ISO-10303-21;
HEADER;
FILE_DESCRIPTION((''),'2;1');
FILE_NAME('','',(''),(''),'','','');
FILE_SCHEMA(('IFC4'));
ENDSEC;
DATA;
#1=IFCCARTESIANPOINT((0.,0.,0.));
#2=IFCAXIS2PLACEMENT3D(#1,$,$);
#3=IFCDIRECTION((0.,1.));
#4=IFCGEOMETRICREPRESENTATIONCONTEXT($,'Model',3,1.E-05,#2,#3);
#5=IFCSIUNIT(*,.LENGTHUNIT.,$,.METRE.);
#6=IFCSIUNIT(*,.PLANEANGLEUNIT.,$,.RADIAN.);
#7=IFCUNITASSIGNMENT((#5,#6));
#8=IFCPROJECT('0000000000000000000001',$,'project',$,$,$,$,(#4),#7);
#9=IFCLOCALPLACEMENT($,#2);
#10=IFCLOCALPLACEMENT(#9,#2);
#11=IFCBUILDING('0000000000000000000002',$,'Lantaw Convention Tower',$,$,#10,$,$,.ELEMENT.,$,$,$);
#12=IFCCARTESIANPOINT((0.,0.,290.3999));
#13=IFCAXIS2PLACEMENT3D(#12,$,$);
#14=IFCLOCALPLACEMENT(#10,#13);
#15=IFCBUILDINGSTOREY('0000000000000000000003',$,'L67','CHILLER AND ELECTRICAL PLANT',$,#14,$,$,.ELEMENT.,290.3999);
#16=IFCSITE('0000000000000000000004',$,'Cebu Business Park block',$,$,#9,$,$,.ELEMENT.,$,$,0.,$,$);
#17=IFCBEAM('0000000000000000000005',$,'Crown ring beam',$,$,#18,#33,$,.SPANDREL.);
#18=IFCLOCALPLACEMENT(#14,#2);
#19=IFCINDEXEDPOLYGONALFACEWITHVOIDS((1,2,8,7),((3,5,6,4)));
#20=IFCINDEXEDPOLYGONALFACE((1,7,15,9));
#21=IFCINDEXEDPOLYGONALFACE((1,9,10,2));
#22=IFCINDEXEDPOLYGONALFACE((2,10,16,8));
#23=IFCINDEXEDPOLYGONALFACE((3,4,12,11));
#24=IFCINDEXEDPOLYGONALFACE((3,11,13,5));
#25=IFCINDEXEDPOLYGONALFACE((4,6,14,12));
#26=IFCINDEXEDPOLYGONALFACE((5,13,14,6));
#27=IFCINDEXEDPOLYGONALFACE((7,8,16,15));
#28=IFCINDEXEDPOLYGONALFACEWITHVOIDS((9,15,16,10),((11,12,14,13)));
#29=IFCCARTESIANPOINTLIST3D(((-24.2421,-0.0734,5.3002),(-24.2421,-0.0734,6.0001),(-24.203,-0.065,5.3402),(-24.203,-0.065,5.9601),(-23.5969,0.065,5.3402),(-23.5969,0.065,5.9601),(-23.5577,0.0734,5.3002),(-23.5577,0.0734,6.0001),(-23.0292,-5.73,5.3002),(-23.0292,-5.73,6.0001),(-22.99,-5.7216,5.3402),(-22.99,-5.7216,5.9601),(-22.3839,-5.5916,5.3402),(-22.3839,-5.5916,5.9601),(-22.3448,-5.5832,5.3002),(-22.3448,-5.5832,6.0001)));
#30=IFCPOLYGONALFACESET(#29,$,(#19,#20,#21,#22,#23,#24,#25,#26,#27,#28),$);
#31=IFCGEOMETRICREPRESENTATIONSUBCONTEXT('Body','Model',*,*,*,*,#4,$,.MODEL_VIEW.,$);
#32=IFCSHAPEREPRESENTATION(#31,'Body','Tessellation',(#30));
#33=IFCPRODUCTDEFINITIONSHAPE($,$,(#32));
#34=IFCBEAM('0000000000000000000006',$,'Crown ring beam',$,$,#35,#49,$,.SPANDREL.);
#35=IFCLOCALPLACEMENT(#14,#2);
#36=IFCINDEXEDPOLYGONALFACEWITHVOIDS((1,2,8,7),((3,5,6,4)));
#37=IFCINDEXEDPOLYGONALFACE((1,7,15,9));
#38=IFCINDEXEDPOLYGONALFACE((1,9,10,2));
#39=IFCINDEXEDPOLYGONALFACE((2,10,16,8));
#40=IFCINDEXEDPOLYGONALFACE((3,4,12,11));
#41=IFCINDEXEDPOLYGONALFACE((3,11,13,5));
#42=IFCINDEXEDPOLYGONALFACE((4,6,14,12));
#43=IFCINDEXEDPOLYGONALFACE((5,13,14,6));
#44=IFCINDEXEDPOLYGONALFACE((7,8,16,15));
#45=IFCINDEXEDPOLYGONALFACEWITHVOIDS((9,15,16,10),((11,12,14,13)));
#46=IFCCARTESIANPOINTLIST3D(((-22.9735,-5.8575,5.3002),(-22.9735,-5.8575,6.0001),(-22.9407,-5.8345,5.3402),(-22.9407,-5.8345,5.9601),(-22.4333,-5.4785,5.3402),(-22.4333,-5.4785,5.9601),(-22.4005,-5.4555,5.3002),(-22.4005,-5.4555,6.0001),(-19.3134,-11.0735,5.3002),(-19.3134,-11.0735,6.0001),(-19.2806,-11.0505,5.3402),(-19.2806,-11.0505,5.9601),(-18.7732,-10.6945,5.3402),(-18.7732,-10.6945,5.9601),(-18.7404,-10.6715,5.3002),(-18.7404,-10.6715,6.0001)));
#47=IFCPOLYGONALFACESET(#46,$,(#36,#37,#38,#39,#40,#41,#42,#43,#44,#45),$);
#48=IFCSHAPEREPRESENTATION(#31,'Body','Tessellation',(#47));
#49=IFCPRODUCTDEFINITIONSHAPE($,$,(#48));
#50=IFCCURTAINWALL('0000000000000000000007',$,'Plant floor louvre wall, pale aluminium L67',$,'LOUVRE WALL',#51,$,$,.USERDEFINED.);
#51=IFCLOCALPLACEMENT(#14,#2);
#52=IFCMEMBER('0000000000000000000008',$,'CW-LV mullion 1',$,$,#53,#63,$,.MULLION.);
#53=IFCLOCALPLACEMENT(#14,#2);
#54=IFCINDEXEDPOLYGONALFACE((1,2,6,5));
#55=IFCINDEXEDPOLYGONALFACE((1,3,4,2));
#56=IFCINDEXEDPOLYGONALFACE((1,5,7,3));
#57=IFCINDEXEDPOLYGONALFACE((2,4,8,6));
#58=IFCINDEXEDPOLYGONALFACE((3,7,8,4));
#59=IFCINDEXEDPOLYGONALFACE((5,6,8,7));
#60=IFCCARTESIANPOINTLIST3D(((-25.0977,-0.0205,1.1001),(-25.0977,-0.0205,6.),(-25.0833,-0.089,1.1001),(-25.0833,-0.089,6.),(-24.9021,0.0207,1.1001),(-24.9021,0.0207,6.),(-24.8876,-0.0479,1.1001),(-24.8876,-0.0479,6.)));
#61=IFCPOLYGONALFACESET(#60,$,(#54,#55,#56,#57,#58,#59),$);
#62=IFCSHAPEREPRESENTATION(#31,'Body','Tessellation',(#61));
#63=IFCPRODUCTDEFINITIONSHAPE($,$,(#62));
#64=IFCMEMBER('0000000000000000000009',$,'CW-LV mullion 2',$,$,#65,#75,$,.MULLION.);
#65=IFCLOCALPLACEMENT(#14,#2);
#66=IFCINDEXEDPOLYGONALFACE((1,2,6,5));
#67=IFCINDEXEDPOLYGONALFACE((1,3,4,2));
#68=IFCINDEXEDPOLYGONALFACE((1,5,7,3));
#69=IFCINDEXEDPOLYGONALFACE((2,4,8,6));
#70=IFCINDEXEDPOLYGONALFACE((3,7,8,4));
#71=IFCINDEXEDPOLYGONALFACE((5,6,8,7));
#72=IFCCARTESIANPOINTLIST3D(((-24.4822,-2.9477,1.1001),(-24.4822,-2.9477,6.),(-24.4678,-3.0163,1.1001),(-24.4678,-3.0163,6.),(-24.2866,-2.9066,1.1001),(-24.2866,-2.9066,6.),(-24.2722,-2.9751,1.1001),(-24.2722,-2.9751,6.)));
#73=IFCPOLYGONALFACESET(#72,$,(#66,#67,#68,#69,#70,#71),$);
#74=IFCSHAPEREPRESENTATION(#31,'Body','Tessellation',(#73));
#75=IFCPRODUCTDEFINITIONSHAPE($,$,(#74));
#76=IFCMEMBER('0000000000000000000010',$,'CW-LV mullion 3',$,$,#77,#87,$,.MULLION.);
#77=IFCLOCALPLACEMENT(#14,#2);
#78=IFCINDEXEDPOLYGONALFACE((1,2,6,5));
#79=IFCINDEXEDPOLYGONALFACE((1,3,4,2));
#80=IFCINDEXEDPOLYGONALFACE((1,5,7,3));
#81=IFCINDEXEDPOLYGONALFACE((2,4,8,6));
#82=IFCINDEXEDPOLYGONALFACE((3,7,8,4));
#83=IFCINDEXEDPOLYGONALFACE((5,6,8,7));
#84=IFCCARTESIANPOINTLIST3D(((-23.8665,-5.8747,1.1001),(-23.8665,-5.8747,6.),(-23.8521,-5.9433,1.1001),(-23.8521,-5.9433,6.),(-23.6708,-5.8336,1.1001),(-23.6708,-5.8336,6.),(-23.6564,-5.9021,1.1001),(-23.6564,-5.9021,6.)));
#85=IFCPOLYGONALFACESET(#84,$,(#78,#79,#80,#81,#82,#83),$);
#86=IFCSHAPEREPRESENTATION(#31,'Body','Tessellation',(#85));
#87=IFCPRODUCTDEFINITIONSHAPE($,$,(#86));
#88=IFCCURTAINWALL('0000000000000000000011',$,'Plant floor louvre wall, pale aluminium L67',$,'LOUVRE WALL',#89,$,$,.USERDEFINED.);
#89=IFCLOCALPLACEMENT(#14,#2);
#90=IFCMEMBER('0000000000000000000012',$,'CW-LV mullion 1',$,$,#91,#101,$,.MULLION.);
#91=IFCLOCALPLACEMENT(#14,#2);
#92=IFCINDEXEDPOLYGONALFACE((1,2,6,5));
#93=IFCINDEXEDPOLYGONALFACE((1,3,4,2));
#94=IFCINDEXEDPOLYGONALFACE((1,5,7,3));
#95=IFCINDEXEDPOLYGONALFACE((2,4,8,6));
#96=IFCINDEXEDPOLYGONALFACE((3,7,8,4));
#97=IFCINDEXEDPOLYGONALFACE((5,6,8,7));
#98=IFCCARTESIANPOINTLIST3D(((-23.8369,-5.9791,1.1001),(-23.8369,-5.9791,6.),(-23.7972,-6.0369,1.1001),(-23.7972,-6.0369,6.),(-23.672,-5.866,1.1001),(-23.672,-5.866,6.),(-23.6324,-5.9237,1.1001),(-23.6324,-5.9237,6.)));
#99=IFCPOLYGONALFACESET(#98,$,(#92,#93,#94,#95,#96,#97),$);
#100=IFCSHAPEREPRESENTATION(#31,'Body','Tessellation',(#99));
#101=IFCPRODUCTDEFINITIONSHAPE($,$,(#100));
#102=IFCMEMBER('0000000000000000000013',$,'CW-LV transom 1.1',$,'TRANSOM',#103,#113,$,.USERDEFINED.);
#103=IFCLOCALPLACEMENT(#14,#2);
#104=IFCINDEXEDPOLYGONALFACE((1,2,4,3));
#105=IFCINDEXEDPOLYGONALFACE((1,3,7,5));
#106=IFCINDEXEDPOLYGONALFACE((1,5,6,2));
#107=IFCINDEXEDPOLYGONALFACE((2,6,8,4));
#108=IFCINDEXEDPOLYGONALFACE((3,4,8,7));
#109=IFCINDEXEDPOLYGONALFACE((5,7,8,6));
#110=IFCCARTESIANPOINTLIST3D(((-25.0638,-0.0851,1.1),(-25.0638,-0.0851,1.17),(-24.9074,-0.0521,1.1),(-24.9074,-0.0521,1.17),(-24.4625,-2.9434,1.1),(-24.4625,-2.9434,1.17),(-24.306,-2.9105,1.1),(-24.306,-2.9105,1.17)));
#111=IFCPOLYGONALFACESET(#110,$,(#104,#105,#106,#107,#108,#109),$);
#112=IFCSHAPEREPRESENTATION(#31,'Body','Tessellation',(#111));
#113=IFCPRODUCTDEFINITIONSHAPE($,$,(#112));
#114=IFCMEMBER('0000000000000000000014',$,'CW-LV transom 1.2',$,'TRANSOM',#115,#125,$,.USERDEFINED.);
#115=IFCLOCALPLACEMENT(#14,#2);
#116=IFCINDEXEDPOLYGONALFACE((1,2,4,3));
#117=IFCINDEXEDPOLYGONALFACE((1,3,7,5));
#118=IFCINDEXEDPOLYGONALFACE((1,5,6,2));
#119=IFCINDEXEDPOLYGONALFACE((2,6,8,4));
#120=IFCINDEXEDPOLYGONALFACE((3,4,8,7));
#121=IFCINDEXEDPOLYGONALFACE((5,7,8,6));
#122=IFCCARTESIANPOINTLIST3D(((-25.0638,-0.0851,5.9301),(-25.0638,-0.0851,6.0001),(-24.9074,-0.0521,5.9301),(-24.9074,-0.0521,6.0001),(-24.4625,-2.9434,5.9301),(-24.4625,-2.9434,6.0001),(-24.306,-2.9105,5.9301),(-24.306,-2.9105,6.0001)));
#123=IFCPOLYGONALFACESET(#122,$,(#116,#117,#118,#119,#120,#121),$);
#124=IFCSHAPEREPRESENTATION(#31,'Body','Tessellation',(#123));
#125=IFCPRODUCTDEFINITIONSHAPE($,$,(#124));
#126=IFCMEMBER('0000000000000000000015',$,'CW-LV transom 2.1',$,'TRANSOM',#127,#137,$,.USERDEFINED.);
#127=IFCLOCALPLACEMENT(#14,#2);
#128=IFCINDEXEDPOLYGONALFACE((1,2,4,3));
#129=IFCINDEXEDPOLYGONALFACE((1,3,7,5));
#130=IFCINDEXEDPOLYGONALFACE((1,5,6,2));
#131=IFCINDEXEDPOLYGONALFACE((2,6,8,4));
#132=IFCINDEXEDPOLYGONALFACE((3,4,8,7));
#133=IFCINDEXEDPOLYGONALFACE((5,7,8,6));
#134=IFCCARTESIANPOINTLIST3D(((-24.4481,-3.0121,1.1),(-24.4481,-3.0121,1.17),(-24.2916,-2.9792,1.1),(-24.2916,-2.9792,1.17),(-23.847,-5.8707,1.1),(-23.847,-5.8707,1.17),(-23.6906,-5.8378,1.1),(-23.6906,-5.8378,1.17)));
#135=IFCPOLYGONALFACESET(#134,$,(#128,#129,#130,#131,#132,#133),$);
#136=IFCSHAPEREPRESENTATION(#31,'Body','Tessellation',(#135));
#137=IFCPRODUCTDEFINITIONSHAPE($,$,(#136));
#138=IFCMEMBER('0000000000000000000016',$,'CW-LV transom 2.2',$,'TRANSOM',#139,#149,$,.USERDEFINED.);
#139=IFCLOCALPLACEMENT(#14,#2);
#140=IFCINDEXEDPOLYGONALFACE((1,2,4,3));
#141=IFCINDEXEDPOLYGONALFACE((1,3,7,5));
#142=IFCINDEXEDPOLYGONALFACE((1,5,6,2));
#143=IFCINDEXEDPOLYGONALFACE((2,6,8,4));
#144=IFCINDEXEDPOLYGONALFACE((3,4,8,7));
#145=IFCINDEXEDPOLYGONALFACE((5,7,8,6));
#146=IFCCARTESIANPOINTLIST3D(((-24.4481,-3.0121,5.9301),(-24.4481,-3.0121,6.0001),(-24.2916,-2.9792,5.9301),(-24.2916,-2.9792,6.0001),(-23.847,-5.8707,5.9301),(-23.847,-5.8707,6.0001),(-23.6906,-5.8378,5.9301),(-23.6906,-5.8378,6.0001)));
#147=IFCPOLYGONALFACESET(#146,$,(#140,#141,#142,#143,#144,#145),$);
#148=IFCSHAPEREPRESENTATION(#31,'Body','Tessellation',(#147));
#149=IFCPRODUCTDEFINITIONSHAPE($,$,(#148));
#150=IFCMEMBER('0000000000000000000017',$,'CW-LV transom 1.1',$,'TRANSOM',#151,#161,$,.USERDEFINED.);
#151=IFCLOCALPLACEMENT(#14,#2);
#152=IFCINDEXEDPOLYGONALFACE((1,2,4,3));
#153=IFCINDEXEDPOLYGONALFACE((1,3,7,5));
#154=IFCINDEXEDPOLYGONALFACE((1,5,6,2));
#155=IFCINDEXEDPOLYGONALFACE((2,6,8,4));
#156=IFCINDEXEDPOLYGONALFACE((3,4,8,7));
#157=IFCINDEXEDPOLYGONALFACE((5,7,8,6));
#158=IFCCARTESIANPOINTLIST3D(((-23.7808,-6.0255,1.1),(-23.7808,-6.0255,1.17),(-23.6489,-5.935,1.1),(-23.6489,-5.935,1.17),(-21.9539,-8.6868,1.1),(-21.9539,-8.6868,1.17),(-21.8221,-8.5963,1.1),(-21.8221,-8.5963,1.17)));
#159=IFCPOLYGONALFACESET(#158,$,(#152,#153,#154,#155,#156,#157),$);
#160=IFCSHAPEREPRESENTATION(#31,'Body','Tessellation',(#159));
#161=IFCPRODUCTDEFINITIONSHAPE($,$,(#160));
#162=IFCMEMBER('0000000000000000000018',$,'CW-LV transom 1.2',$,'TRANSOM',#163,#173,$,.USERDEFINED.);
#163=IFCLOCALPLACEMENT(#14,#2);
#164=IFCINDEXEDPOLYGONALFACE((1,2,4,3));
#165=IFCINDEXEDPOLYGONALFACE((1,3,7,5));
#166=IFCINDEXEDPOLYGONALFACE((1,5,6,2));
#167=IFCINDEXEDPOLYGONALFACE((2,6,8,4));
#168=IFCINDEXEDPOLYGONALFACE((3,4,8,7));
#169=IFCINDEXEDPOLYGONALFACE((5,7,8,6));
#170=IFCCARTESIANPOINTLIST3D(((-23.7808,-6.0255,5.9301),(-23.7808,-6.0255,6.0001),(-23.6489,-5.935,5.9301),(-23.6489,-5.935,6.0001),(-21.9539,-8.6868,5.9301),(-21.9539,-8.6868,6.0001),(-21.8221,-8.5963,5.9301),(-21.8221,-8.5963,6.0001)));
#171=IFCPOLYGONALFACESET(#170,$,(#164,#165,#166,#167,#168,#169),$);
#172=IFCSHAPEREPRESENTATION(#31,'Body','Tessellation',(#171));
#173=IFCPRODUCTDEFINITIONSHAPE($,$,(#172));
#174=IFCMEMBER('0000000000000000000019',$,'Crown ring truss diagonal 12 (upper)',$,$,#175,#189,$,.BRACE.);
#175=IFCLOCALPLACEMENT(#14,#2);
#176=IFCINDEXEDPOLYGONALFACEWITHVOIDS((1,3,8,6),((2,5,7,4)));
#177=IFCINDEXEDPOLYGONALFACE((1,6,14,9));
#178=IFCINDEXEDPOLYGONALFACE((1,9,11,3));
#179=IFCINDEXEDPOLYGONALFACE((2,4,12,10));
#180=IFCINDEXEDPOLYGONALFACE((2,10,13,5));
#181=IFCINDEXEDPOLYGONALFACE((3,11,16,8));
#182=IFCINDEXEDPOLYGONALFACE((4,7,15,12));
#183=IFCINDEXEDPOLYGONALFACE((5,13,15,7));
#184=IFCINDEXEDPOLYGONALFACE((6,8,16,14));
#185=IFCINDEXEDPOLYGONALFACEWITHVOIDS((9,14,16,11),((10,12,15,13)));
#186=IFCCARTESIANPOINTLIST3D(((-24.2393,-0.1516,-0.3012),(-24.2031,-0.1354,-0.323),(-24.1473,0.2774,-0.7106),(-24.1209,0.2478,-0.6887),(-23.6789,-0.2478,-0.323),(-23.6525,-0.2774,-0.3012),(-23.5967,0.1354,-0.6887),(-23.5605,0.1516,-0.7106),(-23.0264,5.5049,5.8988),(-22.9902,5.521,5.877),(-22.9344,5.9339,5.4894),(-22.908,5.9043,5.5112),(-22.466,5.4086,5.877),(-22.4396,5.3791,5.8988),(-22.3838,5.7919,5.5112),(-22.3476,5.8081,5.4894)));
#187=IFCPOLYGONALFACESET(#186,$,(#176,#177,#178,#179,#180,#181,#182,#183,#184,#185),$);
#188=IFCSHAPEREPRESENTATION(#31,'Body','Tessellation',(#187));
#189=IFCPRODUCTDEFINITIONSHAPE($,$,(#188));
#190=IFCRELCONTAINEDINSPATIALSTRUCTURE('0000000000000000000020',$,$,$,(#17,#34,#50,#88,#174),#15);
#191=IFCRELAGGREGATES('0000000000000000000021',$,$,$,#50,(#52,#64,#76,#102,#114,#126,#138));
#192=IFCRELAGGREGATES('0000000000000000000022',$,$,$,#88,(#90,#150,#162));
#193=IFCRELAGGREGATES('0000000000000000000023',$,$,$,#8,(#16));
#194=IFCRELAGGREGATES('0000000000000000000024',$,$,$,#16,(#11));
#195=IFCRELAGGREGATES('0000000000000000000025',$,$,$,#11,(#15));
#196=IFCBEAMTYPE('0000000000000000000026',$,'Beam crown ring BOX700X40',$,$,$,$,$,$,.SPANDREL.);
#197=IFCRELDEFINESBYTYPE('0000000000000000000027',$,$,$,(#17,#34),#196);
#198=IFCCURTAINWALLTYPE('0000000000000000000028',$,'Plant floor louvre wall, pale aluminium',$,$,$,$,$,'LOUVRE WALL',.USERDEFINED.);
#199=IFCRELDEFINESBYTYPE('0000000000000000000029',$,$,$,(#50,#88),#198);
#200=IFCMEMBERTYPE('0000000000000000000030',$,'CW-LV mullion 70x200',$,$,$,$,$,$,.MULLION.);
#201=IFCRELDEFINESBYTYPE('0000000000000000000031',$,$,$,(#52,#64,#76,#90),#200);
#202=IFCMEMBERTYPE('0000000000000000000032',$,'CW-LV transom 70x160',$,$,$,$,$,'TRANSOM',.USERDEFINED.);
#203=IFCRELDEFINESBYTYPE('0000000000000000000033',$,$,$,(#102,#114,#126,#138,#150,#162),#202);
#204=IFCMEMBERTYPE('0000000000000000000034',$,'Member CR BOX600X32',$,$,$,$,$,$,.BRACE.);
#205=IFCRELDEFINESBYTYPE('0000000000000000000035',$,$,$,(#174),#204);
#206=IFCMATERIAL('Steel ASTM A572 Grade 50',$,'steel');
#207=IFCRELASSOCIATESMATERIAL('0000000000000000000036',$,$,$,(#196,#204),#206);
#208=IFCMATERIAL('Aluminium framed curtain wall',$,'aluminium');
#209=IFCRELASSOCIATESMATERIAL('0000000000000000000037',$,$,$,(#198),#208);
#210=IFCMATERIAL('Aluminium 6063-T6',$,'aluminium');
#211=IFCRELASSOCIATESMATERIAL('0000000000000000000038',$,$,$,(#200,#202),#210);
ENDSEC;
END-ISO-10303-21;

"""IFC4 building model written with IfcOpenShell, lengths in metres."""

from ifc_helpers import new_model, si_unit, direction, frame, origin, origin_2d, place, context, subcontext, project, spatial, rectangle, hollow_rectangle, extrude, material, material_profile, profile_set, type_object, element, aggregate, save


model = new_model("IFC4")

# Units and contexts
model_context = context("Model", 3, precision=1e-05, world=origin(), true_north=direction((0.0, 1.0)))
body_context = subcontext(model_context, "Body", "Model", "MODEL_VIEW")
ifc_project = project(units=[si_unit("LENGTHUNIT", "METRE"), si_unit("PLANEANGLEUNIT", "RADIAN")], contexts=[model_context])

# Site, building, storey
site_placement = place(None, origin())
site = spatial("IfcSite", under=ifc_project, at=site_placement, Name="Cebu Business Park block", CompositionType="ELEMENT", RefElevation=0.0)
building_placement = place(site_placement, origin())
building = spatial("IfcBuilding", under=site, at=building_placement, Name="Lantaw Convention Tower", CompositionType="ELEMENT")
storey_placement = place(building_placement, frame((0.0, 0.0, 290.3999)))
storey = spatial("IfcBuildingStorey", under=building, at=storey_placement, Name="L67", Description="CHILLER AND ELECTRICAL PLANT", CompositionType="ELEMENT", Elevation=290.3999)

# Shared definitions
ifc_material_1 = material(Name="Steel ASTM A572 Grade 50", Category="steel")

# Beams
ifc_material_profile_1 = material_profile(ifc_material_1, hollow_rectangle(XDim=0.7, YDim=0.7, WallThickness=0.04, at=origin_2d()), Name="BOX700X40")
ifc_profile_set_1 = profile_set([ifc_material_profile_1], Name="Steel ASTM A572 Grade 50")
beam_type_1 = type_object("IfcBeamType", Name="Beam crown ring BOX700X40", PredefinedType="SPANDREL", material=ifc_profile_set_1)
beam_1_placement = place(storey_placement, frame((-23.8999, 0.0, 5.6501), z_axis=(0.209659, -0.977775, 0.0), x_axis=(0.977775, 0.209659, 0.0)))
element("IfcBeam", 1, at=beam_1_placement, inside=storey, type_object=beam_type_1, Name="Crown ring beam", PredefinedType="SPANDREL", context=body_context, shape_type="SweptSolid", body=[
    extrude(hollow_rectangle(XDim=0.7, YDim=0.7, WallThickness=0.04, at=origin_2d()), origin(), (0.0, 0.0, 1.0), 5.7852),
])
beam_2_placement = place(storey_placement, frame((-22.687, -5.6565, 5.6501), z_axis=(0.574401, -0.818574, 0.0), x_axis=(0.818574, 0.574401, 0.0)))
element("IfcBeam", 2, at=beam_2_placement, inside=storey, type_object=beam_type_1, Name="Crown ring beam", PredefinedType="SPANDREL", context=body_context, shape_type="SweptSolid", body=[
    extrude(hollow_rectangle(XDim=0.7, YDim=0.7, WallThickness=0.04, at=origin_2d()), origin(), (0.0, 0.0, 1.0), 6.3721),
])

# Curtain wall, members
ifc_material_2 = material(Name="Aluminium framed curtain wall", Category="aluminium")
curtain_wall_type = type_object("IfcCurtainWallType", Name="Plant floor louvre wall, pale aluminium", ElementType="LOUVRE WALL", PredefinedType="USERDEFINED", material=ifc_material_2)
curtain_wall_1_placement = place(storey_placement, origin())
curtain_wall_1 = element("IfcCurtainWall", 3, at=curtain_wall_1_placement, inside=storey, type_object=curtain_wall_type, Name="Plant floor louvre wall, pale aluminium L67", ObjectType="LOUVRE WALL", PredefinedType="USERDEFINED")
ifc_material_3 = material(Name="Aluminium 6063-T6", Category="aluminium")
ifc_material_profile_2 = material_profile(ifc_material_3, rectangle(XDim=0.2, YDim=0.0701, at=origin_2d()), Name="CW-LV mullion 70x200")
ifc_profile_set_2 = profile_set([ifc_material_profile_2], Name="Aluminium 6063-T6")
member_type_1 = type_object("IfcMemberType", Name="CW-LV mullion 70x200", PredefinedType="MULLION", material=ifc_profile_set_2)
member_1_placement = place(storey_placement, frame((-24.9927, -0.0342, 1.1001), z_axis=(0.0, 0.0, 1.0), x_axis=(0.978591, 0.205814, 0.0)))
member_1 = element("IfcMember", 4, at=member_1_placement, type_object=member_type_1, Name="CW-LV mullion 1", PredefinedType="MULLION", context=body_context, shape_type="SweptSolid", body=[
    extrude(rectangle(XDim=0.2, YDim=0.0701, at=origin_2d()), origin(), (0.0, 0.0, 1.0), 4.8999),
])
member_2_placement = place(storey_placement, frame((-24.3772, -2.9614, 1.1001), z_axis=(0.0, 0.0, 1.0), x_axis=(0.978591, 0.205814, 0.0)))
member_2 = element("IfcMember", 5, at=member_2_placement, type_object=member_type_1, Name="CW-LV mullion 2", PredefinedType="MULLION", context=body_context, shape_type="SweptSolid", body=[
    extrude(rectangle(XDim=0.2, YDim=0.0701, at=origin_2d()), origin(), (0.0, 0.0, 1.0), 4.8999),
])
member_3_placement = place(storey_placement, frame((-23.7615, -5.8884, 1.1001), z_axis=(0.0, 0.0, 1.0), x_axis=(0.978591, 0.205814, 0.0)))
member_3 = element("IfcMember", 6, at=member_3_placement, type_object=member_type_1, Name="CW-LV mullion 3", PredefinedType="MULLION", context=body_context, shape_type="SweptSolid", body=[
    extrude(rectangle(XDim=0.2, YDim=0.0701, at=origin_2d()), origin(), (0.0, 0.0, 1.0), 4.8999),
])

# Curtain wall, member
curtain_wall_2_placement = place(storey_placement, origin())
curtain_wall_2 = element("IfcCurtainWall", 7, at=curtain_wall_2_placement, inside=storey, type_object=curtain_wall_type, Name="Plant floor louvre wall, pale aluminium L67", ObjectType="LOUVRE WALL", PredefinedType="USERDEFINED")
member_4_placement = place(storey_placement, frame((-23.7346, -5.9514, 1.1001), z_axis=(0.0, 0.0, 1.0), x_axis=(0.82445, 0.565935, 0.0)))
member_4 = element("IfcMember", 8, at=member_4_placement, type_object=member_type_1, Name="CW-LV mullion 1", PredefinedType="MULLION", context=body_context, shape_type="SweptSolid", body=[
    extrude(rectangle(XDim=0.2, YDim=0.0701, at=origin_2d()), origin(), (0.0, 0.0, 1.0), 4.8999),
])

# Members
ifc_material_profile_3 = material_profile(ifc_material_3, rectangle(XDim=0.1599, YDim=0.0701, at=origin_2d()), Name="CW-LV transom 70x160")
ifc_profile_set_3 = profile_set([ifc_material_profile_3], Name="Aluminium 6063-T6")
member_type_2 = type_object("IfcMemberType", Name="CW-LV transom 70x160", ElementType="TRANSOM", PredefinedType="USERDEFINED", material=ifc_profile_set_3)
member_5_placement = place(storey_placement, frame((-24.9856, -0.0686, 1.135), z_axis=(0.205863, -0.978581, 0.0), x_axis=(0.978581, 0.205863, 0.0)))
member_5 = element("IfcMember", 9, at=member_5_placement, type_object=member_type_2, Name="CW-LV transom 1.1", ObjectType="TRANSOM", PredefinedType="USERDEFINED", context=body_context, shape_type="SweptSolid", body=[
    extrude(rectangle(XDim=0.1599, YDim=0.0701, at=origin_2d()), origin(), (0.0, 0.0, 1.0), 2.9209),
])
member_6_placement = place(storey_placement, frame((-24.9856, -0.0686, 5.9651), z_axis=(0.205863, -0.978581, 0.0), x_axis=(0.978581, 0.205863, 0.0)))
member_6 = element("IfcMember", 10, at=member_6_placement, type_object=member_type_2, Name="CW-LV transom 1.2", ObjectType="TRANSOM", PredefinedType="USERDEFINED", context=body_context, shape_type="SweptSolid", body=[
    extrude(rectangle(XDim=0.1599, YDim=0.0701, at=origin_2d()), origin(), (0.0, 0.0, 1.0), 2.9209),
])
member_7_placement = place(storey_placement, frame((-24.3699, -2.9956, 1.135), z_axis=(0.205766, -0.978601, 0.0), x_axis=(0.978601, 0.205766, 0.0)))
member_7 = element("IfcMember", 11, at=member_7_placement, type_object=member_type_2, Name="CW-LV transom 2.1", ObjectType="TRANSOM", PredefinedType="USERDEFINED", context=body_context, shape_type="SweptSolid", body=[
    extrude(rectangle(XDim=0.1599, YDim=0.0701, at=origin_2d()), origin(), (0.0, 0.0, 1.0), 2.9211),
])
member_8_placement = place(storey_placement, frame((-24.3699, -2.9956, 5.9651), z_axis=(0.205766, -0.978601, 0.0), x_axis=(0.978601, 0.205766, 0.0)))
member_8 = element("IfcMember", 12, at=member_8_placement, type_object=member_type_2, Name="CW-LV transom 2.2", ObjectType="TRANSOM", PredefinedType="USERDEFINED", context=body_context, shape_type="SweptSolid", body=[
    extrude(rectangle(XDim=0.1599, YDim=0.0701, at=origin_2d()), origin(), (0.0, 0.0, 1.0), 2.9211),
])
member_9_placement = place(storey_placement, frame((-23.7148, -5.9802, 1.135), z_axis=(0.565941, -0.824446, 0.0), x_axis=(0.824446, 0.565941, 0.0)))
member_9 = element("IfcMember", 13, at=member_9_placement, type_object=member_type_2, Name="CW-LV transom 1.1", ObjectType="TRANSOM", PredefinedType="USERDEFINED", context=body_context, shape_type="SweptSolid", body=[
    extrude(rectangle(XDim=0.1599, YDim=0.0701, at=origin_2d()), origin(), (0.0, 0.0, 1.0), 3.228),
])
member_10_placement = place(storey_placement, frame((-23.7148, -5.9802, 5.9651), z_axis=(0.565941, -0.824446, 0.0), x_axis=(0.824446, 0.565941, 0.0)))
member_10 = element("IfcMember", 14, at=member_10_placement, type_object=member_type_2, Name="CW-LV transom 1.2", ObjectType="TRANSOM", PredefinedType="USERDEFINED", context=body_context, shape_type="SweptSolid", body=[
    extrude(rectangle(XDim=0.1599, YDim=0.0701, at=origin_2d()), origin(), (0.0, 0.0, 1.0), 3.228),
])

# Member
ifc_material_profile_4 = material_profile(ifc_material_1, hollow_rectangle(XDim=0.6001, YDim=0.6001, WallThickness=0.032, at=origin_2d()), Name="BOX600X32")
ifc_profile_set_4 = profile_set([ifc_material_profile_4], Name="Steel ASTM A572 Grade 50")
member_type_3 = type_object("IfcMemberType", Name="Member CR BOX600X32", PredefinedType="BRACE", material=ifc_profile_set_4)
for number, where, z_axis, x_axis, name in (
    (15, (-23.8999, 0.0, -0.5059), (0.143034, 0.667058, 0.731147), (-0.977775, 0.209659, 0.0), "Crown ring truss diagonal 12 (upper)"),
):
    element("IfcMember", number, at=place(storey_placement, frame(where, z_axis=z_axis, x_axis=x_axis)), inside=storey, type_object=member_type_3, Name=name, PredefinedType="BRACE", context=body_context, shape_type="SweptSolid", body=[
        extrude(hollow_rectangle(XDim=0.6001, YDim=0.6001, WallThickness=0.032, at=origin_2d()), origin(), (0.0, 0.0, 1.0), 8.4797),
    ])

aggregate(curtain_wall_1, [member_1, member_2, member_3, member_5, member_6, member_7, member_8])
aggregate(curtain_wall_2, [member_4, member_9, member_10])

save(model, "model.ifc")
